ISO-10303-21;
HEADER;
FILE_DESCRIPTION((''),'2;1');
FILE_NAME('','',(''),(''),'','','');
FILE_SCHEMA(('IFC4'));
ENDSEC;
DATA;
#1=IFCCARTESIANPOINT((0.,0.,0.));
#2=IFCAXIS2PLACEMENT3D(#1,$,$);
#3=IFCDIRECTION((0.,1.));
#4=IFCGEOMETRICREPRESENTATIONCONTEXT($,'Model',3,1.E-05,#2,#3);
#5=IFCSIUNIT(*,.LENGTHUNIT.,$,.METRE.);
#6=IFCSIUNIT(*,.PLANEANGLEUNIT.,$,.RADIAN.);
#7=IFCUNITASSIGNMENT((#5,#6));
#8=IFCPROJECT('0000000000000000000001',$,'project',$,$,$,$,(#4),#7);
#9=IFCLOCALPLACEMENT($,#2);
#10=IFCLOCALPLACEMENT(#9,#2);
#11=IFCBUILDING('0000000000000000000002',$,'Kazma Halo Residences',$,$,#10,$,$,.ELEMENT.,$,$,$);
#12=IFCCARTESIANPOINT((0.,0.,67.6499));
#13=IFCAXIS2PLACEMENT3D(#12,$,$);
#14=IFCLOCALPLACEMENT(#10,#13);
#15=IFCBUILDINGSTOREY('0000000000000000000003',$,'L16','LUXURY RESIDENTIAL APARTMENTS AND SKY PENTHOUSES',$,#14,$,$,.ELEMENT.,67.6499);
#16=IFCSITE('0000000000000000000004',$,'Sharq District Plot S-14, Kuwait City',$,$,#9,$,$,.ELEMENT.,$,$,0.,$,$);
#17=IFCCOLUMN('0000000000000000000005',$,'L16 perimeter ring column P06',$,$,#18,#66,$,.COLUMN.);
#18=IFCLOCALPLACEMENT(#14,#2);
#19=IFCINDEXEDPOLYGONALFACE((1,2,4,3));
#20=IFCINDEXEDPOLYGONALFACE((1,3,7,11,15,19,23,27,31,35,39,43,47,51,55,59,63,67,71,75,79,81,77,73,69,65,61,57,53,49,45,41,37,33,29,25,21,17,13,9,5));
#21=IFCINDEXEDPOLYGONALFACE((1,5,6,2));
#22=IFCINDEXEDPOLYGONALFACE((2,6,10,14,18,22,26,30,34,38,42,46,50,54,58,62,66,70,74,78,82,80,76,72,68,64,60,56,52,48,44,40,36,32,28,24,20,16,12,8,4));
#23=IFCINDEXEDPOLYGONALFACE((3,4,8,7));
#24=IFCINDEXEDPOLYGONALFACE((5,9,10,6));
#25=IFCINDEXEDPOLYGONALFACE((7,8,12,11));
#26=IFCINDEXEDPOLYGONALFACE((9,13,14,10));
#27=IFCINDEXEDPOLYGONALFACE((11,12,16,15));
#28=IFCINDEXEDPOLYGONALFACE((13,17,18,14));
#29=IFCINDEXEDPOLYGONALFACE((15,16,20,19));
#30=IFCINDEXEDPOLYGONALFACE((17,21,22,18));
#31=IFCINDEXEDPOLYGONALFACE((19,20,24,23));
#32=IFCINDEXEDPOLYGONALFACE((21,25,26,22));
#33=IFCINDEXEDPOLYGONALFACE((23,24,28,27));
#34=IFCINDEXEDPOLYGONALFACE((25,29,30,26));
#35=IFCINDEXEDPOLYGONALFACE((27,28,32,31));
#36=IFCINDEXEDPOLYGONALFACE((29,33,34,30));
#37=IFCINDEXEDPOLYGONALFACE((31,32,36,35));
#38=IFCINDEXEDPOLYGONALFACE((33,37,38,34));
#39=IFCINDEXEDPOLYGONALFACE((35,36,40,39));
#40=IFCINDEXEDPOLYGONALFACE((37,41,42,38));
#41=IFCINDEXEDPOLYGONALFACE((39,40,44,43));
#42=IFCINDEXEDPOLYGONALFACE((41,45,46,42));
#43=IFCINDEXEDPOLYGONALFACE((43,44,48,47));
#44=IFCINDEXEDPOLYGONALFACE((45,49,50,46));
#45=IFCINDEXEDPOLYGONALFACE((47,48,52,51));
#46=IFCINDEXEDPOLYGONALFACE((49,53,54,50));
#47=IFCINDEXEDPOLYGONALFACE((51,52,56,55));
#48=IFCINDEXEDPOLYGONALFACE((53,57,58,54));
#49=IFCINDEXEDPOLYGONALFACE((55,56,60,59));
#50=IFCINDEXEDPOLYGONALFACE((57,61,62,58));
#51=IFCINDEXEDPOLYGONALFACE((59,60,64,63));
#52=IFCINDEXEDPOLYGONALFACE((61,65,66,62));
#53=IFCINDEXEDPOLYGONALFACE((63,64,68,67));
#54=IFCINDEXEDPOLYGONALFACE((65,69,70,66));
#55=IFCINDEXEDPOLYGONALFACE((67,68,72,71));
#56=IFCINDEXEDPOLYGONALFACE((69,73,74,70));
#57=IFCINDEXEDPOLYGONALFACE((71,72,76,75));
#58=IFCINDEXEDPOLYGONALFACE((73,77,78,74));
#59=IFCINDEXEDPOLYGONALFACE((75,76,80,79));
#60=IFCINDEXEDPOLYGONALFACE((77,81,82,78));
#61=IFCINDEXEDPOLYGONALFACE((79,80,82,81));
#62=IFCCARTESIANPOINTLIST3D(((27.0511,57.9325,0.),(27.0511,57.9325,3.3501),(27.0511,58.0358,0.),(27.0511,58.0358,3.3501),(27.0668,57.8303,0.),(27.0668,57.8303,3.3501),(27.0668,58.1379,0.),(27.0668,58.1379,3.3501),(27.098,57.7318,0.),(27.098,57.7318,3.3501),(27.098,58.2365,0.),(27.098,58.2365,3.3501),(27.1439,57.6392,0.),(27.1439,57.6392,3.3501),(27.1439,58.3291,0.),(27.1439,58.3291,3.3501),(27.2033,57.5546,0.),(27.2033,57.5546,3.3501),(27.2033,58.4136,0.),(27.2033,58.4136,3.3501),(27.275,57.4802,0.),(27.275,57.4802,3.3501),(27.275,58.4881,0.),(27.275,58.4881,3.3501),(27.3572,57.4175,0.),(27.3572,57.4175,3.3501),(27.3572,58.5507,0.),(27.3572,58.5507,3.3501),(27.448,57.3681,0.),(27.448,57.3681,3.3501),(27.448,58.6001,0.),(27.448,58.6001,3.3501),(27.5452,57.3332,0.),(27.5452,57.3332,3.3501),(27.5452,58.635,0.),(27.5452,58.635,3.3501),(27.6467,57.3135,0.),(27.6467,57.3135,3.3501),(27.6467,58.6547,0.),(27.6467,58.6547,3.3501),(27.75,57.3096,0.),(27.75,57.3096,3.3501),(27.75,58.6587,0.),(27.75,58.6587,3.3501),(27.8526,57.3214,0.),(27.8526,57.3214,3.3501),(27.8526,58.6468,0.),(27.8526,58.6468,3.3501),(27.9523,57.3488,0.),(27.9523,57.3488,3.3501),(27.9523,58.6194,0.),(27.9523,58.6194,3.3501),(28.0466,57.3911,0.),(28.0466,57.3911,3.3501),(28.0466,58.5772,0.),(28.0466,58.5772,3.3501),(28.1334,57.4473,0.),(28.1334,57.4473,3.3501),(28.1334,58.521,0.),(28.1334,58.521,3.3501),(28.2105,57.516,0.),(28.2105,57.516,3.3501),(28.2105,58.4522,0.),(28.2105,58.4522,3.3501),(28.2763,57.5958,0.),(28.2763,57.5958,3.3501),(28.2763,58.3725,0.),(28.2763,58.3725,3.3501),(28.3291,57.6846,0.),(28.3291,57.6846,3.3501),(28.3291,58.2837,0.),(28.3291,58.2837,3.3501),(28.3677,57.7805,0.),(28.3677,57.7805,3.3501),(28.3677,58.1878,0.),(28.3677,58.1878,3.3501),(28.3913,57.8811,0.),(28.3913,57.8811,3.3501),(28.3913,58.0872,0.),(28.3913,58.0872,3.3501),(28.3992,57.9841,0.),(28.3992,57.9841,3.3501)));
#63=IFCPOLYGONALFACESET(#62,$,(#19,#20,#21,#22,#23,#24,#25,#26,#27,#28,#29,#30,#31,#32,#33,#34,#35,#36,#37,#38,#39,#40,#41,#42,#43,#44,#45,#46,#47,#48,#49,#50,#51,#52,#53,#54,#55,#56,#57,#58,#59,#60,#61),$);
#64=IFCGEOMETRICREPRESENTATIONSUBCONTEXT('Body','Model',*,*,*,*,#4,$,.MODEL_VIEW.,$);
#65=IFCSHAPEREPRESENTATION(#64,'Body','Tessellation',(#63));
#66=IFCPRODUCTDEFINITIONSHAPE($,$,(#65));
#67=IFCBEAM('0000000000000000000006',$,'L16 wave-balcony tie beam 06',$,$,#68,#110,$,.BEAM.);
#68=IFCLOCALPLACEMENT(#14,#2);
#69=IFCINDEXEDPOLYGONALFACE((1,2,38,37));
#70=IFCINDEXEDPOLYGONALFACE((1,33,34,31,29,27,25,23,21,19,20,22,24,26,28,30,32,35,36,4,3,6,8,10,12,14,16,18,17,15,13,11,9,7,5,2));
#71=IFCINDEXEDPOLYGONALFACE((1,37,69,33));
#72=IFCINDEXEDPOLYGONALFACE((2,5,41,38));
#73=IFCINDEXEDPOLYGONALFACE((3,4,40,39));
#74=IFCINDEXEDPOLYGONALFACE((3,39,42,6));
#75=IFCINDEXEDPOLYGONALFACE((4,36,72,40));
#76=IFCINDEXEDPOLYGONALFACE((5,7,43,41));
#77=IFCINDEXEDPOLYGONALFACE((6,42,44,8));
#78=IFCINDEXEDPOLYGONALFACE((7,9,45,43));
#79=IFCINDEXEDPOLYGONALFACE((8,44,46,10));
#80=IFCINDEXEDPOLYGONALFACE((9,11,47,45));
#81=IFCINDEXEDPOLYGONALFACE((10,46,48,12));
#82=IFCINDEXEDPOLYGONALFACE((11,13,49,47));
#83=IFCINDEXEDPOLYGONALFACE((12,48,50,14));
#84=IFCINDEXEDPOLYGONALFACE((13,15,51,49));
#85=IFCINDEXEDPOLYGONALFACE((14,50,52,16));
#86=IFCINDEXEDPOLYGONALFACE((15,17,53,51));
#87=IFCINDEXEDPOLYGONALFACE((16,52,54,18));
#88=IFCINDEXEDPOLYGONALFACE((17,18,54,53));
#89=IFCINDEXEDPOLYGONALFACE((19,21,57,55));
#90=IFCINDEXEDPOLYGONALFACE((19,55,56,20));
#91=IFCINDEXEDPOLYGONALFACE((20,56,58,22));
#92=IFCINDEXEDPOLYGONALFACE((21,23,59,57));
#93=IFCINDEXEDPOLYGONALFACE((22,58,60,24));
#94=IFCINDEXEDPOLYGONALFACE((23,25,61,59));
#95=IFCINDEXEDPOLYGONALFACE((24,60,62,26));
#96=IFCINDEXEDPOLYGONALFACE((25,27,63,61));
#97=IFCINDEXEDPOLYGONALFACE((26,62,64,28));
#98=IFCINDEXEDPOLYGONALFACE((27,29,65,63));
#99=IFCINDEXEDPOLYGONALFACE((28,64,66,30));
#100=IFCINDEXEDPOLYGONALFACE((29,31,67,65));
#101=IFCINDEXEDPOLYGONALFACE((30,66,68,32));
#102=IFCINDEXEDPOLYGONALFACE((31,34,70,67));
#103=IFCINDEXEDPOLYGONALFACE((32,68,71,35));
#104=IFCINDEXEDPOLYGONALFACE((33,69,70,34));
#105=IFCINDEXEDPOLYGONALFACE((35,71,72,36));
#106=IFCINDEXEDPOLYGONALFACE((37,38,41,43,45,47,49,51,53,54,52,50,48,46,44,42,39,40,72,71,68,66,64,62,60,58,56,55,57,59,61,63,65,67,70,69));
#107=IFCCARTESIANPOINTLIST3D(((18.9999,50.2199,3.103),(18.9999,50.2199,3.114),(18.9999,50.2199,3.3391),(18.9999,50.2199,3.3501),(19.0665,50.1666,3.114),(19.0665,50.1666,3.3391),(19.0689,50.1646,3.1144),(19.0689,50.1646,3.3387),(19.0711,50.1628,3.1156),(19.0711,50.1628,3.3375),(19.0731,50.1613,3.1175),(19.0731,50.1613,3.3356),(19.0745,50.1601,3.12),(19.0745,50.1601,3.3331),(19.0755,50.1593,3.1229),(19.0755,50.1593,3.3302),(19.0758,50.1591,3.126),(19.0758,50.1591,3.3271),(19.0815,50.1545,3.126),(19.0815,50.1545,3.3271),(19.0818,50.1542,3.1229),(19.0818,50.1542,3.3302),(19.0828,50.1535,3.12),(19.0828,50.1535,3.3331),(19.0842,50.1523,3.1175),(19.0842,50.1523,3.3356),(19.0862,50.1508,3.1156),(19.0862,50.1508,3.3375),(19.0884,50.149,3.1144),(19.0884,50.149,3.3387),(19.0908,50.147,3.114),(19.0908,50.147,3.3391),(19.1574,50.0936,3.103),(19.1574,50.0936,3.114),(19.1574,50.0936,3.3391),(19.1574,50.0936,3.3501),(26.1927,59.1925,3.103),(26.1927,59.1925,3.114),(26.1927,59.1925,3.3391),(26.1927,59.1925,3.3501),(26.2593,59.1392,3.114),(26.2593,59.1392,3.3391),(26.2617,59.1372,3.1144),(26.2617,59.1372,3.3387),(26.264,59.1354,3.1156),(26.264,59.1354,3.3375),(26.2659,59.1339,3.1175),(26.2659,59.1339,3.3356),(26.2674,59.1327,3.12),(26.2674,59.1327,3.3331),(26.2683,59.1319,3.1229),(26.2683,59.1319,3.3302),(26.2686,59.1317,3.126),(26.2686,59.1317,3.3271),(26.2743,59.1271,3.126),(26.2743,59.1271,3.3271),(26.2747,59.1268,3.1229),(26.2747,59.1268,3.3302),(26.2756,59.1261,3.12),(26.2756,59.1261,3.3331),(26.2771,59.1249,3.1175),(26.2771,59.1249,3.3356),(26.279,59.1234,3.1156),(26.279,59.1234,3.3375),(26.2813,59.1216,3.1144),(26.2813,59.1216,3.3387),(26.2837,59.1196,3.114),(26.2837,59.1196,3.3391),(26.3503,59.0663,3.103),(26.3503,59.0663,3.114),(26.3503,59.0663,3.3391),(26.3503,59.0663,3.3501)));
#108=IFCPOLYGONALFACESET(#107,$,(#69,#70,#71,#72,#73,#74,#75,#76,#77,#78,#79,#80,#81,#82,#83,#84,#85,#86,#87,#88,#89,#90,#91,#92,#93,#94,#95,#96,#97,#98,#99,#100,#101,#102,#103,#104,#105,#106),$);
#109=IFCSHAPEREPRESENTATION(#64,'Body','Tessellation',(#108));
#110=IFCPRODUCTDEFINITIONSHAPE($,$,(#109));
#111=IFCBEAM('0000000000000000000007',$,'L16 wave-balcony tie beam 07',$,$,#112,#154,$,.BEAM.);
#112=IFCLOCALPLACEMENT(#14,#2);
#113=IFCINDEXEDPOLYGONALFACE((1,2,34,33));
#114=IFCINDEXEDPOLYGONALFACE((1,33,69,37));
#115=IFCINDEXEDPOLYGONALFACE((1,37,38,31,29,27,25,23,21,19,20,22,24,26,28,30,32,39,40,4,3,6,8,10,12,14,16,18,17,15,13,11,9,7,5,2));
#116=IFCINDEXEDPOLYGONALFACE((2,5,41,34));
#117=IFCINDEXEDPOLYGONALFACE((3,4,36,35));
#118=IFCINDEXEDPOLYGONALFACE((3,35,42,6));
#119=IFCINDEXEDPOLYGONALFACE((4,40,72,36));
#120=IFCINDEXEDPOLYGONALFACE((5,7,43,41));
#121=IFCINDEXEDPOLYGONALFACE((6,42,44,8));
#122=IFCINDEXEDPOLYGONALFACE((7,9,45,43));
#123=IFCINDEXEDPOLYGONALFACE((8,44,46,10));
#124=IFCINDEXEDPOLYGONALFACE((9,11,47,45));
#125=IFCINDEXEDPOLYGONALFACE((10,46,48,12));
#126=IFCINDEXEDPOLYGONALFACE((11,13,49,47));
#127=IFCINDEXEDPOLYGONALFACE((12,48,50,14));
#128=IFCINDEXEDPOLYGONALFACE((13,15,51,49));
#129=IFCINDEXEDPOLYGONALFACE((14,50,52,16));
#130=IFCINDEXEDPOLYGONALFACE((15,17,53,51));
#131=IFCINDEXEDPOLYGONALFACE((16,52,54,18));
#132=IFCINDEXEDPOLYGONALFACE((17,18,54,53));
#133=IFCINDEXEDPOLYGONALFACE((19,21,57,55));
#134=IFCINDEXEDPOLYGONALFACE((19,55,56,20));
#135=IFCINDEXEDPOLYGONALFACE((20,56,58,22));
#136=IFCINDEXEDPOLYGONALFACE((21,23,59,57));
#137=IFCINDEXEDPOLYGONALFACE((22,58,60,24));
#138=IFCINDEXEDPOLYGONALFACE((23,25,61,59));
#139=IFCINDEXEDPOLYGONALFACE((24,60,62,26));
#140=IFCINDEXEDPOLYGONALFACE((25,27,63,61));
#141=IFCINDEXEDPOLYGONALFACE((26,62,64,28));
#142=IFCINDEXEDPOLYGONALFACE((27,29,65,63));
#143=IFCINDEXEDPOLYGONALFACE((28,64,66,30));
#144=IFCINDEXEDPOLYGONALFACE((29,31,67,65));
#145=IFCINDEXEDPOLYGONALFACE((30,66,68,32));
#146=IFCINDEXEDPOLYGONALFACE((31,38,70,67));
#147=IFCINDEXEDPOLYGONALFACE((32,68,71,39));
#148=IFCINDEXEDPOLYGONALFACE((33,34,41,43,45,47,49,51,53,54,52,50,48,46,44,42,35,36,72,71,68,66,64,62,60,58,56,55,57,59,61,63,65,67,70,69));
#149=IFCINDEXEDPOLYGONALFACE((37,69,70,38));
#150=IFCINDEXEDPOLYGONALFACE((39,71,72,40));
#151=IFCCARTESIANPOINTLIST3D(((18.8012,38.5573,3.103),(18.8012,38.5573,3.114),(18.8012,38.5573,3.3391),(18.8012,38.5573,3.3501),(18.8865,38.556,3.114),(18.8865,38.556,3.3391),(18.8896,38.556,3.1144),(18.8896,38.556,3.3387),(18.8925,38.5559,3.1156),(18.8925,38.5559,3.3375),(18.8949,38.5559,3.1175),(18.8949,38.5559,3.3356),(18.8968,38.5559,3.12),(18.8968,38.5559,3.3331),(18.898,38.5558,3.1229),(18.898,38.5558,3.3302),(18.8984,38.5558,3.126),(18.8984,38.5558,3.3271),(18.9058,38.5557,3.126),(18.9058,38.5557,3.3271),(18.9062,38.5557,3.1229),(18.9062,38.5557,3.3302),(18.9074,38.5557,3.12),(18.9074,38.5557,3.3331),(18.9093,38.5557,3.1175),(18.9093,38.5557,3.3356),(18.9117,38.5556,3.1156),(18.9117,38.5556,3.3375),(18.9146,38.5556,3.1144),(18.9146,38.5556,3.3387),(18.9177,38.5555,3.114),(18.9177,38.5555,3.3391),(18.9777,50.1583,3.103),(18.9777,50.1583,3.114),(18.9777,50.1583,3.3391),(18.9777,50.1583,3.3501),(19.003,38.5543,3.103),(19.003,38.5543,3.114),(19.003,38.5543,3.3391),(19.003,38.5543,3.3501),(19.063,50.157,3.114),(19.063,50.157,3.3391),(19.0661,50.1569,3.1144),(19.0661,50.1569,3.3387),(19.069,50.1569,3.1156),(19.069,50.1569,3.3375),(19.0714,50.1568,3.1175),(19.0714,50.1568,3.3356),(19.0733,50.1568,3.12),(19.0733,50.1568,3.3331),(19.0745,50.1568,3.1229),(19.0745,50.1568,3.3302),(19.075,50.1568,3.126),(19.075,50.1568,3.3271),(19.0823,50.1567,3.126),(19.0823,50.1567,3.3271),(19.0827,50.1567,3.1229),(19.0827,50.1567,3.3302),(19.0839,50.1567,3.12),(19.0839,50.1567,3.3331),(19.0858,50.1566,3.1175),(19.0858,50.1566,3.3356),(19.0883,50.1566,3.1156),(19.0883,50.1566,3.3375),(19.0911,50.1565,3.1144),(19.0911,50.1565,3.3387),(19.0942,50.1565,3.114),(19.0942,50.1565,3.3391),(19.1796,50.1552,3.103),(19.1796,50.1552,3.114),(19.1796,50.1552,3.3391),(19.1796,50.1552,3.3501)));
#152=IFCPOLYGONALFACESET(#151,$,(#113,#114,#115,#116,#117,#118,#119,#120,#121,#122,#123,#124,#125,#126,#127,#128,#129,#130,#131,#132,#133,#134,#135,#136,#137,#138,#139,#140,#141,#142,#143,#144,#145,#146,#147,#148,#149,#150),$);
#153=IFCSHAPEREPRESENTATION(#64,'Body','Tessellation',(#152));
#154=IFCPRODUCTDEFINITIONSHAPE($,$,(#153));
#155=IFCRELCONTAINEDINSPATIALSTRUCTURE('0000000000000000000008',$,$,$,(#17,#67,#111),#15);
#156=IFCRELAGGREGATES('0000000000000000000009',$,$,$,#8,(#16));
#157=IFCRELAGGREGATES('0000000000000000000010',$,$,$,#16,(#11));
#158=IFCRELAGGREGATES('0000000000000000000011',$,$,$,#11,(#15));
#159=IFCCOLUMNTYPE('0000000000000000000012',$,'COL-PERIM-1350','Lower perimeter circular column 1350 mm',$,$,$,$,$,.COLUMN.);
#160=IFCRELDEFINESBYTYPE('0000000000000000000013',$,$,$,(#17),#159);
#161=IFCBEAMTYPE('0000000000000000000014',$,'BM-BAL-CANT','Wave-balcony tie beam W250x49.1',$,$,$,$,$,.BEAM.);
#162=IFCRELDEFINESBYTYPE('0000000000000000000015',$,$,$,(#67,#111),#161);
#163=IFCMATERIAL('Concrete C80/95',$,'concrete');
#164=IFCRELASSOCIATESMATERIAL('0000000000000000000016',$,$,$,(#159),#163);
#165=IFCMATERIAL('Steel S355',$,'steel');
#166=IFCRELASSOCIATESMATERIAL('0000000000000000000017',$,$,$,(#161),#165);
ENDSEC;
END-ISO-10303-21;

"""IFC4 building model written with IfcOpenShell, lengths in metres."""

from ifc_helpers import new_model, si_unit, direction, frame, origin, origin_2d, place, context, subcontext, project, spatial, circle, i_section, extrude, material, material_profile, profile_set, type_object, element, save


model = new_model("IFC4")

# Units and contexts
model_context = context("Model", 3, precision=1e-05, world=origin(), true_north=direction((0.0, 1.0)))
body_context = subcontext(model_context, "Body", "Model", "MODEL_VIEW")
ifc_project = project(units=[si_unit("LENGTHUNIT", "METRE"), si_unit("PLANEANGLEUNIT", "RADIAN")], contexts=[model_context])

# Site, building, storey
site_placement = place(None, origin())
site = spatial("IfcSite", under=ifc_project, at=site_placement, Name="Sharq District Plot S-14, Kuwait City", CompositionType="ELEMENT", RefElevation=0.0)
building_placement = place(site_placement, origin())
building = spatial("IfcBuilding", under=site, at=building_placement, Name="Kazma Halo Residences", CompositionType="ELEMENT")
storey_placement = place(building_placement, frame((0.0, 0.0, 67.6499)))
storey = spatial("IfcBuildingStorey", under=building, at=storey_placement, Name="L16", Description="LUXURY RESIDENTIAL APARTMENTS AND SKY PENTHOUSES", CompositionType="ELEMENT", Elevation=67.6499)

# Column
ifc_material_1 = material(Name="Concrete C80/95", Category="concrete")
ifc_material_profile_1 = material_profile(ifc_material_1, circle(Radius=0.675, at=origin_2d()), Name="CIRC1350")
ifc_profile_set_1 = profile_set([ifc_material_profile_1], Name="Concrete C80/95")
column_type = type_object("IfcColumnType", Name="COL-PERIM-1350", Description="Lower perimeter circular column 1350 mm", PredefinedType="COLUMN", material=ifc_profile_set_1)
column_placement = place(storey_placement, frame((27.7241, 57.9841, 0.0), z_axis=(0.0, 0.0, 1.0), x_axis=(1.0, 0.0, 0.0)))
element("IfcColumn", 1, at=column_placement, inside=storey, type_object=column_type, Name="L16 perimeter ring column P06", PredefinedType="COLUMN", context=body_context, shape_type="SweptSolid", body=[
    extrude(circle(Radius=0.675, at=origin_2d()), origin(), (0.0, 0.0, 1.0), 3.3501),
])

# Beams
ifc_material_2 = material(Name="Steel S355", Category="steel")
ifc_material_profile_2 = material_profile(ifc_material_2, i_section(OverallWidth=0.2019, OverallDepth=0.2471, WebThickness=0.0073, FlangeThickness=0.011, FilletRadius=0.012, at=origin_2d()), Name="W250x49.1")
ifc_profile_set_2 = profile_set([ifc_material_profile_2], Name="Steel S355")
beam_type_1 = type_object("IfcBeamType", Name="BM-BAL-CANT", Description="Wave-balcony tie beam W250x49.1", PredefinedType="BEAM", material=ifc_profile_set_2)
beam_1_placement = place(storey_placement, frame((26.2715, 59.1294, 3.2266), z_axis=(-0.625477, -0.780243, 0.0), x_axis=(0.780243, -0.625477, 0.0)))
element("IfcBeam", 2, at=beam_1_placement, inside=storey, type_object=beam_type_1, Name="L16 wave-balcony tie beam 06", PredefinedType="BEAM", context=body_context, shape_type="SweptSolid", body=[
    extrude(i_section(OverallWidth=0.2019, OverallDepth=0.2471, WebThickness=0.0073, FlangeThickness=0.011, FilletRadius=0.012, at=origin_2d()), origin(), (0.0, 0.0, 1.0), 11.4998),
])
beam_2_placement = place(storey_placement, frame((19.0786, 50.1567, 3.2266), z_axis=(-0.015214, -0.999884, 0.0), x_axis=(0.999884, -0.015214, 0.0)))
element("IfcBeam", 3, at=beam_2_placement, inside=storey, type_object=beam_type_1, Name="L16 wave-balcony tie beam 07", PredefinedType="BEAM", context=body_context, shape_type="SweptSolid", body=[
    extrude(i_section(OverallWidth=0.2019, OverallDepth=0.2471, WebThickness=0.0073, FlangeThickness=0.011, FilletRadius=0.012, at=origin_2d()), origin(), (0.0, 0.0, 1.0), 11.6023),
])

save(model, "model.ifc")
